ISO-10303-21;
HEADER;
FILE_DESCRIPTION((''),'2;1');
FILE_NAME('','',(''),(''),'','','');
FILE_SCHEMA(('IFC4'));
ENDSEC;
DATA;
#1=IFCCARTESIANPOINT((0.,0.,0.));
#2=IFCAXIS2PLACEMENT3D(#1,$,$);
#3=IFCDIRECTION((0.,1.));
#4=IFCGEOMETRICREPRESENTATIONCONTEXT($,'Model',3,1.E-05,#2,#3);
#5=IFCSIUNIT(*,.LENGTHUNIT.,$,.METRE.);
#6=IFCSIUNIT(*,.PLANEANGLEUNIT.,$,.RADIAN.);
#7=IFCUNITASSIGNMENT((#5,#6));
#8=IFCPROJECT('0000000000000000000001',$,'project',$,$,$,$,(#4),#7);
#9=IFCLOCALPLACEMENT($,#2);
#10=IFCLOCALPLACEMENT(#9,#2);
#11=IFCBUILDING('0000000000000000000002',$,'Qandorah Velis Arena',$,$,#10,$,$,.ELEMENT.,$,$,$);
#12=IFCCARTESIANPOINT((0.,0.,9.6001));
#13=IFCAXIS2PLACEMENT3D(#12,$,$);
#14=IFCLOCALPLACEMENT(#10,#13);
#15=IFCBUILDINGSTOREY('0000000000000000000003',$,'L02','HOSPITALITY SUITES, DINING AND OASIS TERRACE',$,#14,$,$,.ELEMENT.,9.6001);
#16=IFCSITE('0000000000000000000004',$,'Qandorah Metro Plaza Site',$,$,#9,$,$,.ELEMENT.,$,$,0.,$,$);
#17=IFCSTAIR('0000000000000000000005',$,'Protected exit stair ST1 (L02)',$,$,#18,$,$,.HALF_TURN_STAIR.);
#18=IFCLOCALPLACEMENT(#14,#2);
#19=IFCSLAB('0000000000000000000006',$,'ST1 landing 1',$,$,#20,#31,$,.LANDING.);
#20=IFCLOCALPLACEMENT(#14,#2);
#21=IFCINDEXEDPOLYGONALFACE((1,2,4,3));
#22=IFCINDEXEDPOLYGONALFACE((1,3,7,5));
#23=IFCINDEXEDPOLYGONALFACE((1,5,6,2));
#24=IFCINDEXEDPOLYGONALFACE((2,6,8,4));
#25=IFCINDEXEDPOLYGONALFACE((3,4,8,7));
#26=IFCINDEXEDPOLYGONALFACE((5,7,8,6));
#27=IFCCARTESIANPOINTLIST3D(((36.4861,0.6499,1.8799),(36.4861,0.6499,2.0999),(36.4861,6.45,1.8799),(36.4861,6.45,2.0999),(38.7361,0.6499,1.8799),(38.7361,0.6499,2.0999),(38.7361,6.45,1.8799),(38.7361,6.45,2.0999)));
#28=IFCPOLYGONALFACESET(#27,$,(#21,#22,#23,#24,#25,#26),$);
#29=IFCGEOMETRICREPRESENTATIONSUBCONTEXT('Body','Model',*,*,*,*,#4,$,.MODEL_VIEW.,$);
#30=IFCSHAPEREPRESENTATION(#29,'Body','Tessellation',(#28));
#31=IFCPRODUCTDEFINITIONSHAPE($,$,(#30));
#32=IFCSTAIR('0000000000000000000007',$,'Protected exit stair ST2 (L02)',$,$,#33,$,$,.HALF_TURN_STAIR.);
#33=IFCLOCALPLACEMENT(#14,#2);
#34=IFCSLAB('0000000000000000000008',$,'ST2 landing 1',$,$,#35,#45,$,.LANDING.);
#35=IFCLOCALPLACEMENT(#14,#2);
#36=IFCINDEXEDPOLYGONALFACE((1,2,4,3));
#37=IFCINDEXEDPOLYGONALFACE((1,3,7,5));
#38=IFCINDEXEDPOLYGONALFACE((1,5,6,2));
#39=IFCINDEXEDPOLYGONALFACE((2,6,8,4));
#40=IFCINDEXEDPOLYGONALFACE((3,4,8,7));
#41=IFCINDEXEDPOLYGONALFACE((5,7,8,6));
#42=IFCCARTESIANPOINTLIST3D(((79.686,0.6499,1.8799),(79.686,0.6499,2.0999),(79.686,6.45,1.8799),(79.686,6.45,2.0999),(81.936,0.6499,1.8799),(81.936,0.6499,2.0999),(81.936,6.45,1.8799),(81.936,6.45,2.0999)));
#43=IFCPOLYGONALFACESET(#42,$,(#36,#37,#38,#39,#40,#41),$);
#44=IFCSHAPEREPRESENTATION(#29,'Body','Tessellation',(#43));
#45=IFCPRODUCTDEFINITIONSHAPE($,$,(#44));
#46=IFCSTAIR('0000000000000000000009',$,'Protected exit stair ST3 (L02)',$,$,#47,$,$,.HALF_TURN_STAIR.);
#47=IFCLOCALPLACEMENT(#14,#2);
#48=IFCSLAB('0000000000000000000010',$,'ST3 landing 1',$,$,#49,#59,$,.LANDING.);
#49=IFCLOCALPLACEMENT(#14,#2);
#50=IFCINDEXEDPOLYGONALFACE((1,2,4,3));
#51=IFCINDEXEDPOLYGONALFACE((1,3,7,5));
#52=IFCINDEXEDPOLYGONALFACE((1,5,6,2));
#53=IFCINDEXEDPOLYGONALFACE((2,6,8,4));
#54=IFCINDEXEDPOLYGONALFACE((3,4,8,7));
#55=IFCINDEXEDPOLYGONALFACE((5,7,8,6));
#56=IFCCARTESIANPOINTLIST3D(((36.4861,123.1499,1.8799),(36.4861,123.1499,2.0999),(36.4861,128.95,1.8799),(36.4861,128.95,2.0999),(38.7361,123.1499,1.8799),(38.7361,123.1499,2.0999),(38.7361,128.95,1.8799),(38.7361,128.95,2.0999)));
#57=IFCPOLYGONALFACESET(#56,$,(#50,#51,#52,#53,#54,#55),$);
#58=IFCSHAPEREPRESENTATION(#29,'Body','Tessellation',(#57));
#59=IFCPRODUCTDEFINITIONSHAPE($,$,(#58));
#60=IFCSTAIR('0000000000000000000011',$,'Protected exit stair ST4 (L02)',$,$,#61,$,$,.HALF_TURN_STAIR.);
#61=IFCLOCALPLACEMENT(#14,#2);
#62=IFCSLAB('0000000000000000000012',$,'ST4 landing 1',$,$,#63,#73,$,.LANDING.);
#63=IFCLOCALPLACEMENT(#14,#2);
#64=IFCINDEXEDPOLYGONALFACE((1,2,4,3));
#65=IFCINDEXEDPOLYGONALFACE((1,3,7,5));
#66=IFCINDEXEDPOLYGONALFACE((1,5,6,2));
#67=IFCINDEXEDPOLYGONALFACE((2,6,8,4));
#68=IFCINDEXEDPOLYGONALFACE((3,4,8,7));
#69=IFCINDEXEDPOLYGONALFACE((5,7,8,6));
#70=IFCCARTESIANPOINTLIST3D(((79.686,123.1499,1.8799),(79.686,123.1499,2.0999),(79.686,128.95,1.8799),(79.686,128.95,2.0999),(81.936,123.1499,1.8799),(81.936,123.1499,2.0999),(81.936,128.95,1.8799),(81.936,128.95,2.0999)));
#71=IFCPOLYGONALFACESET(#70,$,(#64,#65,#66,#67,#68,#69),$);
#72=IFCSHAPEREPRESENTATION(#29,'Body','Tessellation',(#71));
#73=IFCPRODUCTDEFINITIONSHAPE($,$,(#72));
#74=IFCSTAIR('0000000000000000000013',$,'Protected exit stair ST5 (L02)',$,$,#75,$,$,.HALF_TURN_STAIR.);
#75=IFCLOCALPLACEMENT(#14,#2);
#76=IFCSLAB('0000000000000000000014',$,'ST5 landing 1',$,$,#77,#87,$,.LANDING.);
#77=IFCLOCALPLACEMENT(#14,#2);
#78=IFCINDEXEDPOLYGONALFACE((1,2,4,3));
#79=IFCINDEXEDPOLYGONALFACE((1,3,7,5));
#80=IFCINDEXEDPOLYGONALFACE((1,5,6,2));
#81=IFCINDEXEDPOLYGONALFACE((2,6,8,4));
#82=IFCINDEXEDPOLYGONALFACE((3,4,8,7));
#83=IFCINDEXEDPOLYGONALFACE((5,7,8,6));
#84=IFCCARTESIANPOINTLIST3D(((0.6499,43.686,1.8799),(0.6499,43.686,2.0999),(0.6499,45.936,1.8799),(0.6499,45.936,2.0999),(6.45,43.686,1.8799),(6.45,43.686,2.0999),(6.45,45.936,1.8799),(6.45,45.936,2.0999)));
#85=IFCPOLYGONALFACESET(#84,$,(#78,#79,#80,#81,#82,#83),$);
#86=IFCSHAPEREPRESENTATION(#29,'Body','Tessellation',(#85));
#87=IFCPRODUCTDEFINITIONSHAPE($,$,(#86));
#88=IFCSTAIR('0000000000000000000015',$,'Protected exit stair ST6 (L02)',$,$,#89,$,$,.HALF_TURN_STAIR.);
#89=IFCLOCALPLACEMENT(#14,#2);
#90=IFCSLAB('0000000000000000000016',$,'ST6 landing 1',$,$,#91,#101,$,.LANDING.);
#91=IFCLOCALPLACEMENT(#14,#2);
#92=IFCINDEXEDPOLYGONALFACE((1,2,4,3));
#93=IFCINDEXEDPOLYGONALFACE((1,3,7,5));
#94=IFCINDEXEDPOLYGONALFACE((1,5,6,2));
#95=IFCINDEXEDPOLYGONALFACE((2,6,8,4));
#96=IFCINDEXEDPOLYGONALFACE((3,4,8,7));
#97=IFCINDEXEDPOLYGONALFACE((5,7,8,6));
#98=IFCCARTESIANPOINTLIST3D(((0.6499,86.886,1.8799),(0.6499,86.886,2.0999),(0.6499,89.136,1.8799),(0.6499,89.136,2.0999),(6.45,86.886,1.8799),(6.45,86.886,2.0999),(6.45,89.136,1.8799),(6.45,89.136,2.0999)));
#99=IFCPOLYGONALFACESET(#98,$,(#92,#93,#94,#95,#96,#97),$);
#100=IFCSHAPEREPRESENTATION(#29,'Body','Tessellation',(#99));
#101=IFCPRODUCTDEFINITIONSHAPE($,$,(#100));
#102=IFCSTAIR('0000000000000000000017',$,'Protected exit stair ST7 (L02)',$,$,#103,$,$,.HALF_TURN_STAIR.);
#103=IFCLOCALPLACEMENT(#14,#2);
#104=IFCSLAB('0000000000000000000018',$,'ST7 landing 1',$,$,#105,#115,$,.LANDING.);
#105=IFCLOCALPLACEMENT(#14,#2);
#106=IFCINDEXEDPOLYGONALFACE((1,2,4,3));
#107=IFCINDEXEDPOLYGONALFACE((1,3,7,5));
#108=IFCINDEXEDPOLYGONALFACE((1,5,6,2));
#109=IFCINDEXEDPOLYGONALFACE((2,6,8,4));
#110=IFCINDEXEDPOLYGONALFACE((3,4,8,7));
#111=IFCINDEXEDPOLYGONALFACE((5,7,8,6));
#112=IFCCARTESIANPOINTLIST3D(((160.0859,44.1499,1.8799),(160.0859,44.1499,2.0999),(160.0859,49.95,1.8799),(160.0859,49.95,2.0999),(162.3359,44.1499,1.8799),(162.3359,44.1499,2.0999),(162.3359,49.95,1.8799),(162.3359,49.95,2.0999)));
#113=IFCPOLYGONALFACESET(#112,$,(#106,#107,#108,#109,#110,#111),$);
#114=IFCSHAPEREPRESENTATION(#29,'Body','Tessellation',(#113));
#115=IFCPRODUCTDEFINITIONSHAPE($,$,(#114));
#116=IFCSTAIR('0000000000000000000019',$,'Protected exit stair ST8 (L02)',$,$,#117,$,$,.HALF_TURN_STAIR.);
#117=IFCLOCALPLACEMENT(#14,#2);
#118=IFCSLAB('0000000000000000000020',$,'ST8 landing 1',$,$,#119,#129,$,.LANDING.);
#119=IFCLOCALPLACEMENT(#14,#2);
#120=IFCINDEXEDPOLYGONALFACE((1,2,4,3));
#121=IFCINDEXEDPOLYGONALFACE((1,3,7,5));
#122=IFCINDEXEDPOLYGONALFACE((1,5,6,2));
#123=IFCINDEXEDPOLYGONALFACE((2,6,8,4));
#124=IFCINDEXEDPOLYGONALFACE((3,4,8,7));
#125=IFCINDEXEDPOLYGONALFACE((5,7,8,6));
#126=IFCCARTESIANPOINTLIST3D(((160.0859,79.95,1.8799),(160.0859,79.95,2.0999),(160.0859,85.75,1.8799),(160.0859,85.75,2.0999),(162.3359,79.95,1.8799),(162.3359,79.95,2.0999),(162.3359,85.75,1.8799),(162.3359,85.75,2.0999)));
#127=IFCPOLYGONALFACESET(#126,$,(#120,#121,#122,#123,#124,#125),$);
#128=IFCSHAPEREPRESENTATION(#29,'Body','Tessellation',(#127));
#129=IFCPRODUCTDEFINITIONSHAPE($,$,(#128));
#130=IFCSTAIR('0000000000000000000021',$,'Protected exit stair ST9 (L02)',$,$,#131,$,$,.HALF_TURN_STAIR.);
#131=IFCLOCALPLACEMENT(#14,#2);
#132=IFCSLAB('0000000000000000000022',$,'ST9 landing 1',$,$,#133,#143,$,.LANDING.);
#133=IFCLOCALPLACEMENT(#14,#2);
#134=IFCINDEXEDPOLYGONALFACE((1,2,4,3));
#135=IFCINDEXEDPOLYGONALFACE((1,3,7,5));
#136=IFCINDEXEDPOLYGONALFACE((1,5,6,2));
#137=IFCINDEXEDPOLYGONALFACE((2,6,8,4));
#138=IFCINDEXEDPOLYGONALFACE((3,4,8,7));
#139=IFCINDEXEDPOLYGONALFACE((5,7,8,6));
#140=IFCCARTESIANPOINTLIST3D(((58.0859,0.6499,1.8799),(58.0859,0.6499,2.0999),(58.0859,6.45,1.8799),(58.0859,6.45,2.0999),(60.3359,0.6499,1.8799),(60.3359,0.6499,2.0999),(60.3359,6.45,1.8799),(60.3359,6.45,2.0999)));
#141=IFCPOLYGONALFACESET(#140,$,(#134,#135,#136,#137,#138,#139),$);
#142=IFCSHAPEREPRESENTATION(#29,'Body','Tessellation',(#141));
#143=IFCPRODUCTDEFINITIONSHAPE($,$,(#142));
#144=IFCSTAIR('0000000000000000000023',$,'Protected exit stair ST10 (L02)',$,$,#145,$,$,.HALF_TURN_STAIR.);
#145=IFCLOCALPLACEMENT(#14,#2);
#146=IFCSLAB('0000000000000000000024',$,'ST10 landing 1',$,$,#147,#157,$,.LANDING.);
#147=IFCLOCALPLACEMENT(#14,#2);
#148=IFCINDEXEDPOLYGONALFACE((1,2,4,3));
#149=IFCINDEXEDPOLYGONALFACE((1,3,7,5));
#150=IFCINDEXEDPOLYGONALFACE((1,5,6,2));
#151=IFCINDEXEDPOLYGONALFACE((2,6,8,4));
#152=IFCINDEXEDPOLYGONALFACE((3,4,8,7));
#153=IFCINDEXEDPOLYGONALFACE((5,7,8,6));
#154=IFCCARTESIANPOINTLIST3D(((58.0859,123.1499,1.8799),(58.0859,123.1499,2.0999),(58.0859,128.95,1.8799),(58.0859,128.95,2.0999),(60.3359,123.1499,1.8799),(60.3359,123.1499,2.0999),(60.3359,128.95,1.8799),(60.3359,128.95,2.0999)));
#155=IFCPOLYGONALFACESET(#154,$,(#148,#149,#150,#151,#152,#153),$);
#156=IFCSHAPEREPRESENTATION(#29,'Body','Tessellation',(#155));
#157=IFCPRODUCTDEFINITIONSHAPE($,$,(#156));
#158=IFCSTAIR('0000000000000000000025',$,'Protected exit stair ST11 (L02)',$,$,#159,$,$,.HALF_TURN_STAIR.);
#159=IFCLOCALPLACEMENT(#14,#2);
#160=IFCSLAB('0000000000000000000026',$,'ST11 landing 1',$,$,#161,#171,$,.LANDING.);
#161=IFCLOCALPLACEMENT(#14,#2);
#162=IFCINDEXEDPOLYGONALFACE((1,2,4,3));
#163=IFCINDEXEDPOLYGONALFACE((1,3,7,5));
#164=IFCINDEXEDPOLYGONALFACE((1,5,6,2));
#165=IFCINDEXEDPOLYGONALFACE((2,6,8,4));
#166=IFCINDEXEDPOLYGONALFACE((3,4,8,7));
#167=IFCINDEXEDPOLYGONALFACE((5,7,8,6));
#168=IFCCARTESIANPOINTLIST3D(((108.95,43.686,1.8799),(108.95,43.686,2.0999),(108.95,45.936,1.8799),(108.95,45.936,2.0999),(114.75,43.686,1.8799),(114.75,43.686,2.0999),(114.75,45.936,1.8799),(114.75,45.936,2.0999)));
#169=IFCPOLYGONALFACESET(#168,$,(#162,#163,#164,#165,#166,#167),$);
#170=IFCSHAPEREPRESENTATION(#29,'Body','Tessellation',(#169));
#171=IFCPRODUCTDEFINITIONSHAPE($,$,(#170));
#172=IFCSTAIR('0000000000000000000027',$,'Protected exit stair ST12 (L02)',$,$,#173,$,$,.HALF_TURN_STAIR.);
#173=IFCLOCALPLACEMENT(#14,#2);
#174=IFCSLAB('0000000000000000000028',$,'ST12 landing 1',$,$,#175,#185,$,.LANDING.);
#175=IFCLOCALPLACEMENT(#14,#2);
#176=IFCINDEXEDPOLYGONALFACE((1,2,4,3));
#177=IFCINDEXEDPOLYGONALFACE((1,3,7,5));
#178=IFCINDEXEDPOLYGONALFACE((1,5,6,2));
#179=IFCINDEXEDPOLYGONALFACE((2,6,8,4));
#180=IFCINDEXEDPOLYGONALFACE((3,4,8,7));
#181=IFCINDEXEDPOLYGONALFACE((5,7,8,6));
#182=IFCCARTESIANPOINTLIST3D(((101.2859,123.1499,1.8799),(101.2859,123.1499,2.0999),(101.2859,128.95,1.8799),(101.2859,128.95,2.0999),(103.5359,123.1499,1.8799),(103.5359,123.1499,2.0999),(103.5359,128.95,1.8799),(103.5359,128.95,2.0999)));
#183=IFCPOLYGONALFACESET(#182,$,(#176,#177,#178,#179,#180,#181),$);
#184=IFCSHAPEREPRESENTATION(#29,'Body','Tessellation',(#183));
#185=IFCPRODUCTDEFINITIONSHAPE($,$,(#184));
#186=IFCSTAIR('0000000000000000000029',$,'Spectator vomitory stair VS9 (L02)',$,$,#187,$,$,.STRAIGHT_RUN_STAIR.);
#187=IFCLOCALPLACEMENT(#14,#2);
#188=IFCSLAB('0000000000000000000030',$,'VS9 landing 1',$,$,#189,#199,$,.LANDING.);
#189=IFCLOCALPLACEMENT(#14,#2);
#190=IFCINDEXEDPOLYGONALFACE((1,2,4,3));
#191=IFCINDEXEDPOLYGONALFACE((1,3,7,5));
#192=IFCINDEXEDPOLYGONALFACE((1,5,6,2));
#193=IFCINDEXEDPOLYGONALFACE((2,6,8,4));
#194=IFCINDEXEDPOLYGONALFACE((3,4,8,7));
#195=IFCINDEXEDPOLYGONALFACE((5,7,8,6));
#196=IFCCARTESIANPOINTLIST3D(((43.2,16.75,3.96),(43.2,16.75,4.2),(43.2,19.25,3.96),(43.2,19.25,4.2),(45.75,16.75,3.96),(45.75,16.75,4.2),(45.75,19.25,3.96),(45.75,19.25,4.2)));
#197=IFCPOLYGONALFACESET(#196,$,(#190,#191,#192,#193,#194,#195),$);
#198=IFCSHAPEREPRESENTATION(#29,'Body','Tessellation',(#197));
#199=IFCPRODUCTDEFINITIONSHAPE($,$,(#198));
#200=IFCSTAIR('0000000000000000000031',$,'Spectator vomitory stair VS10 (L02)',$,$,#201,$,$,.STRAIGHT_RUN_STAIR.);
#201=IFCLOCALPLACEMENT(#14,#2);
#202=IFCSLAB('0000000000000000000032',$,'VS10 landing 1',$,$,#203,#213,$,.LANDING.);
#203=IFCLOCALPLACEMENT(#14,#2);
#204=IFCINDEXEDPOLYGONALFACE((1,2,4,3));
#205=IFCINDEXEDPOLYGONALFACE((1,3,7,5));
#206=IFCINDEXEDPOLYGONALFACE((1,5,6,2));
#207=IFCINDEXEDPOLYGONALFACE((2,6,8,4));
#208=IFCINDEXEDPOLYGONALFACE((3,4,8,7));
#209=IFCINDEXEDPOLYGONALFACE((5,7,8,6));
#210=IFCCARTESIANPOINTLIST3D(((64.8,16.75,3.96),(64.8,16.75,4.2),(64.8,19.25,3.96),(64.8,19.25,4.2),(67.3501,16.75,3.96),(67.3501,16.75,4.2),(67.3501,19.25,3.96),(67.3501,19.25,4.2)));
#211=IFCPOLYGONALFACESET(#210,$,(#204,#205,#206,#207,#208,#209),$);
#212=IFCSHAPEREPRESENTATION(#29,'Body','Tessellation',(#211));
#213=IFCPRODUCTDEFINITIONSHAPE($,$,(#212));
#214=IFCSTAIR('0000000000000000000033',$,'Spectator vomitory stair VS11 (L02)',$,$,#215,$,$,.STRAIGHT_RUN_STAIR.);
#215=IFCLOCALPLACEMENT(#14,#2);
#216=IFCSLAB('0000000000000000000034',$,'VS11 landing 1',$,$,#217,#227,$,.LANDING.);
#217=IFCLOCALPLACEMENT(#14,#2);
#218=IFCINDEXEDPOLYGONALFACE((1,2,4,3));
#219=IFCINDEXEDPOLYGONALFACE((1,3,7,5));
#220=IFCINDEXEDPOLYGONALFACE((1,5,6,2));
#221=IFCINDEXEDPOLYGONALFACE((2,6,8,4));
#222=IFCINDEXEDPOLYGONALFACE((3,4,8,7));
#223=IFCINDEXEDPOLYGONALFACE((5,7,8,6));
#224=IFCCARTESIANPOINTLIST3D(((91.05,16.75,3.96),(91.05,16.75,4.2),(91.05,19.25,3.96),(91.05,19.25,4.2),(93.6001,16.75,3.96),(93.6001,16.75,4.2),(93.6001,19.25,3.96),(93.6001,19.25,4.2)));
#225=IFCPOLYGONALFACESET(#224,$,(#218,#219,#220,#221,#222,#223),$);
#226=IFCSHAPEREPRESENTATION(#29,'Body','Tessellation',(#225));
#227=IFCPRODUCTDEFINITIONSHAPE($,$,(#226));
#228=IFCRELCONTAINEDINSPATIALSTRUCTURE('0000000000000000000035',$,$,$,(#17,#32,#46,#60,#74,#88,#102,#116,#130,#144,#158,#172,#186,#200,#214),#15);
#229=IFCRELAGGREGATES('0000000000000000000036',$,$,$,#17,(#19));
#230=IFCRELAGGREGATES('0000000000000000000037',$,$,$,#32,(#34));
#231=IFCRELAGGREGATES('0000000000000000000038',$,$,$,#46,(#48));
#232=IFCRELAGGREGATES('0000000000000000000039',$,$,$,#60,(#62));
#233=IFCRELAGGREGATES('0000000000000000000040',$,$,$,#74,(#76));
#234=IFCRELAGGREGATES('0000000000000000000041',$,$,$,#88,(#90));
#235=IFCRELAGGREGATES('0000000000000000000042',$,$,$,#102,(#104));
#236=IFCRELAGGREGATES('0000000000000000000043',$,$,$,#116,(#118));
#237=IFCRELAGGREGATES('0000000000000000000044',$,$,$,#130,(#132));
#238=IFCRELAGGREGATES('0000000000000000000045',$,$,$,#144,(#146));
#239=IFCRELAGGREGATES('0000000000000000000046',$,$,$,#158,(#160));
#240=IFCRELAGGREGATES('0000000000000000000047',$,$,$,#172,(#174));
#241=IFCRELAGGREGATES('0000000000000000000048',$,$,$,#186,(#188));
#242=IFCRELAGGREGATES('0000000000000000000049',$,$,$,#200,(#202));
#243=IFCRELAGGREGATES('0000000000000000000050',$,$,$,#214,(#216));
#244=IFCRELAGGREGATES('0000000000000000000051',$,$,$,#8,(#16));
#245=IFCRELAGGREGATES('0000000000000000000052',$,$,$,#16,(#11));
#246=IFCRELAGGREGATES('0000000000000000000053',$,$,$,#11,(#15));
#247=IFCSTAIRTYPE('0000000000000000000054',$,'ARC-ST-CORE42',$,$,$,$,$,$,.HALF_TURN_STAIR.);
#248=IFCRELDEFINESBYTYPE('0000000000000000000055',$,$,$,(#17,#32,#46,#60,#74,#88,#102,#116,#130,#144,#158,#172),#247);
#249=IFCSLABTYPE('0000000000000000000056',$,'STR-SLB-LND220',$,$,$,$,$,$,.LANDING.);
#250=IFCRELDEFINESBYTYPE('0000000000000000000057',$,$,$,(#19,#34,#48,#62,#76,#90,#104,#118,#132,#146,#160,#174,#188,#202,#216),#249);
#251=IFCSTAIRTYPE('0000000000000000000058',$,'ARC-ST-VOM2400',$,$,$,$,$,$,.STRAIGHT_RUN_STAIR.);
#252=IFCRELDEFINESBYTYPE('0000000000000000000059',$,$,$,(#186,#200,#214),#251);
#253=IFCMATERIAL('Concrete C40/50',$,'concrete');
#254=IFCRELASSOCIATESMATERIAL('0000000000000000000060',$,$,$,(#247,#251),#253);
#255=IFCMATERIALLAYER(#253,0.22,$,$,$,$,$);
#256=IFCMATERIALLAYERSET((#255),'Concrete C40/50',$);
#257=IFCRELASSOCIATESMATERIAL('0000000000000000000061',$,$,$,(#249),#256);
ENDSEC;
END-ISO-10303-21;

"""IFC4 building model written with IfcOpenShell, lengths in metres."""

from ifc_helpers import new_model, si_unit, direction, frame, origin, place, context, subcontext, project, spatial, polyline, outline, extrude, material, layer, layer_set, type_object, element, aggregate, save


model = new_model("IFC4")

# Units and contexts
model_context = context("Model", 3, precision=1e-05, world=origin(), true_north=direction((0.0, 1.0)))
body_context = subcontext(model_context, "Body", "Model", "MODEL_VIEW")
ifc_project = project(units=[si_unit("LENGTHUNIT", "METRE"), si_unit("PLANEANGLEUNIT", "RADIAN")], contexts=[model_context])

# Site, building, storey
site_placement = place(None, origin())
site = spatial("IfcSite", under=ifc_project, at=site_placement, Name="Qandorah Metro Plaza Site", CompositionType="ELEMENT", RefElevation=0.0)
building_placement = place(site_placement, origin())
building = spatial("IfcBuilding", under=site, at=building_placement, Name="Qandorah Velis Arena", CompositionType="ELEMENT")
storey_placement = place(building_placement, frame((0.0, 0.0, 9.6001)))
storey = spatial("IfcBuildingStorey", under=building, at=storey_placement, Name="L02", Description="HOSPITALITY SUITES, DINING AND OASIS TERRACE", CompositionType="ELEMENT", Elevation=9.6001)

# Stairs, slabs
ifc_material_1 = material(Name="Concrete C40/50", Category="concrete")
stair_type_1 = type_object("IfcStairType", Name="ARC-ST-CORE42", PredefinedType="HALF_TURN_STAIR", material=ifc_material_1)
stair_1_placement = place(storey_placement, origin())
stair_1 = element("IfcStair", 1, at=stair_1_placement, inside=storey, type_object=stair_type_1, Name="Protected exit stair ST1 (L02)", PredefinedType="HALF_TURN_STAIR")
ifc_layer_1 = layer(ifc_material_1, 0.22)
ifc_layer_set_1 = layer_set([ifc_layer_1], Name="Concrete C40/50")
slab_type_1 = type_object("IfcSlabType", Name="STR-SLB-LND220", PredefinedType="LANDING", material=ifc_layer_set_1)
slab_1_placement = place(storey_placement, frame((0.0, 0.0, 1.8799)))
slab_1 = element("IfcSlab", 2, at=slab_1_placement, type_object=slab_type_1, Name="ST1 landing 1", PredefinedType="LANDING", context=body_context, shape_type="SweptSolid", body=[
    extrude(outline(polyline([(36.4861, 0.6499), (38.7361, 0.6499), (38.7361, 6.45), (36.4861, 6.45), (36.4861, 0.6499)])), origin(), (0.0, 0.0, 1.0), 0.22),
])
aggregate(stair_1, [slab_1])
stair_2_placement = place(storey_placement, origin())
stair_2 = element("IfcStair", 3, at=stair_2_placement, inside=storey, type_object=stair_type_1, Name="Protected exit stair ST2 (L02)", PredefinedType="HALF_TURN_STAIR")
slab_2_placement = place(storey_placement, frame((0.0, 0.0, 1.8799)))
slab_2 = element("IfcSlab", 4, at=slab_2_placement, type_object=slab_type_1, Name="ST2 landing 1", PredefinedType="LANDING", context=body_context, shape_type="SweptSolid", body=[
    extrude(outline(polyline([(79.686, 0.6499), (81.936, 0.6499), (81.936, 6.45), (79.686, 6.45), (79.686, 0.6499)])), origin(), (0.0, 0.0, 1.0), 0.22),
])
aggregate(stair_2, [slab_2])
stair_3_placement = place(storey_placement, origin())
stair_3 = element("IfcStair", 5, at=stair_3_placement, inside=storey, type_object=stair_type_1, Name="Protected exit stair ST3 (L02)", PredefinedType="HALF_TURN_STAIR")
slab_3_placement = place(storey_placement, frame((0.0, 0.0, 1.8799)))
slab_3 = element("IfcSlab", 6, at=slab_3_placement, type_object=slab_type_1, Name="ST3 landing 1", PredefinedType="LANDING", context=body_context, shape_type="SweptSolid", body=[
    extrude(outline(polyline([(36.4861, 123.1499), (38.7361, 123.1499), (38.7361, 128.95), (36.4861, 128.95), (36.4861, 123.1499)])), origin(), (0.0, 0.0, 1.0), 0.22),
])
aggregate(stair_3, [slab_3])
stair_4_placement = place(storey_placement, origin())
stair_4 = element("IfcStair", 7, at=stair_4_placement, inside=storey, type_object=stair_type_1, Name="Protected exit stair ST4 (L02)", PredefinedType="HALF_TURN_STAIR")
slab_4_placement = place(storey_placement, frame((0.0, 0.0, 1.8799)))
slab_4 = element("IfcSlab", 8, at=slab_4_placement, type_object=slab_type_1, Name="ST4 landing 1", PredefinedType="LANDING", context=body_context, shape_type="SweptSolid", body=[
    extrude(outline(polyline([(79.686, 123.1499), (81.936, 123.1499), (81.936, 128.95), (79.686, 128.95), (79.686, 123.1499)])), origin(), (0.0, 0.0, 1.0), 0.22),
])
aggregate(stair_4, [slab_4])
stair_5_placement = place(storey_placement, origin())
stair_5 = element("IfcStair", 9, at=stair_5_placement, inside=storey, type_object=stair_type_1, Name="Protected exit stair ST5 (L02)", PredefinedType="HALF_TURN_STAIR")
slab_5_placement = place(storey_placement, frame((0.0, 0.0, 1.8799)))
slab_5 = element("IfcSlab", 10, at=slab_5_placement, type_object=slab_type_1, Name="ST5 landing 1", PredefinedType="LANDING", context=body_context, shape_type="SweptSolid", body=[
    extrude(outline(polyline([(0.6499, 43.686), (6.45, 43.686), (6.45, 45.936), (0.6499, 45.936), (0.6499, 43.686)])), origin(), (0.0, 0.0, 1.0), 0.22),
])
aggregate(stair_5, [slab_5])
stair_6_placement = place(storey_placement, origin())
stair_6 = element("IfcStair", 11, at=stair_6_placement, inside=storey, type_object=stair_type_1, Name="Protected exit stair ST6 (L02)", PredefinedType="HALF_TURN_STAIR")
slab_6_placement = place(storey_placement, frame((0.0, 0.0, 1.8799)))
slab_6 = element("IfcSlab", 12, at=slab_6_placement, type_object=slab_type_1, Name="ST6 landing 1", PredefinedType="LANDING", context=body_context, shape_type="SweptSolid", body=[
    extrude(outline(polyline([(0.6499, 86.886), (6.45, 86.886), (6.45, 89.136), (0.6499, 89.136), (0.6499, 86.886)])), origin(), (0.0, 0.0, 1.0), 0.22),
])
aggregate(stair_6, [slab_6])
stair_7_placement = place(storey_placement, origin())
stair_7 = element("IfcStair", 13, at=stair_7_placement, inside=storey, type_object=stair_type_1, Name="Protected exit stair ST7 (L02)", PredefinedType="HALF_TURN_STAIR")
slab_7_placement = place(storey_placement, frame((0.0, 0.0, 1.8799)))
slab_7 = element("IfcSlab", 14, at=slab_7_placement, type_object=slab_type_1, Name="ST7 landing 1", PredefinedType="LANDING", context=body_context, shape_type="SweptSolid", body=[
    extrude(outline(polyline([(160.0859, 44.1499), (162.3359, 44.1499), (162.3359, 49.95), (160.0859, 49.95), (160.0859, 44.1499)])), origin(), (0.0, 0.0, 1.0), 0.22),
])
aggregate(stair_7, [slab_7])
stair_8_placement = place(storey_placement, origin())
stair_8 = element("IfcStair", 15, at=stair_8_placement, inside=storey, type_object=stair_type_1, Name="Protected exit stair ST8 (L02)", PredefinedType="HALF_TURN_STAIR")
slab_8_placement = place(storey_placement, frame((0.0, 0.0, 1.8799)))
slab_8 = element("IfcSlab", 16, at=slab_8_placement, type_object=slab_type_1, Name="ST8 landing 1", PredefinedType="LANDING", context=body_context, shape_type="SweptSolid", body=[
    extrude(outline(polyline([(160.0859, 79.95), (162.3359, 79.95), (162.3359, 85.75), (160.0859, 85.75), (160.0859, 79.95)])), origin(), (0.0, 0.0, 1.0), 0.22),
])
aggregate(stair_8, [slab_8])
stair_9_placement = place(storey_placement, origin())
stair_9 = element("IfcStair", 17, at=stair_9_placement, inside=storey, type_object=stair_type_1, Name="Protected exit stair ST9 (L02)", PredefinedType="HALF_TURN_STAIR")
slab_9_placement = place(storey_placement, frame((0.0, 0.0, 1.8799)))
slab_9 = element("IfcSlab", 18, at=slab_9_placement, type_object=slab_type_1, Name="ST9 landing 1", PredefinedType="LANDING", context=body_context, shape_type="SweptSolid", body=[
    extrude(outline(polyline([(58.0859, 0.6499), (60.3359, 0.6499), (60.3359, 6.45), (58.0859, 6.45), (58.0859, 0.6499)])), origin(), (0.0, 0.0, 1.0), 0.22),
])
aggregate(stair_9, [slab_9])
stair_10_placement = place(storey_placement, origin())
stair_10 = element("IfcStair", 19, at=stair_10_placement, inside=storey, type_object=stair_type_1, Name="Protected exit stair ST10 (L02)", PredefinedType="HALF_TURN_STAIR")
slab_10_placement = place(storey_placement, frame((0.0, 0.0, 1.8799)))
slab_10 = element("IfcSlab", 20, at=slab_10_placement, type_object=slab_type_1, Name="ST10 landing 1", PredefinedType="LANDING", context=body_context, shape_type="SweptSolid", body=[
    extrude(outline(polyline([(58.0859, 123.1499), (60.3359, 123.1499), (60.3359, 128.95), (58.0859, 128.95), (58.0859, 123.1499)])), origin(), (0.0, 0.0, 1.0), 0.22),
])
aggregate(stair_10, [slab_10])
stair_11_placement = place(storey_placement, origin())
stair_11 = element("IfcStair", 21, at=stair_11_placement, inside=storey, type_object=stair_type_1, Name="Protected exit stair ST11 (L02)", PredefinedType="HALF_TURN_STAIR")
slab_11_placement = place(storey_placement, frame((0.0, 0.0, 1.8799)))
slab_11 = element("IfcSlab", 22, at=slab_11_placement, type_object=slab_type_1, Name="ST11 landing 1", PredefinedType="LANDING", context=body_context, shape_type="SweptSolid", body=[
    extrude(outline(polyline([(108.95, 43.686), (114.75, 43.686), (114.75, 45.936), (108.95, 45.936), (108.95, 43.686)])), origin(), (0.0, 0.0, 1.0), 0.22),
])
aggregate(stair_11, [slab_11])
stair_12_placement = place(storey_placement, origin())
stair_12 = element("IfcStair", 23, at=stair_12_placement, inside=storey, type_object=stair_type_1, Name="Protected exit stair ST12 (L02)", PredefinedType="HALF_TURN_STAIR")
slab_12_placement = place(storey_placement, frame((0.0, 0.0, 1.8799)))
slab_12 = element("IfcSlab", 24, at=slab_12_placement, type_object=slab_type_1, Name="ST12 landing 1", PredefinedType="LANDING", context=body_context, shape_type="SweptSolid", body=[
    extrude(outline(polyline([(101.2859, 123.1499), (103.5359, 123.1499), (103.5359, 128.95), (101.2859, 128.95), (101.2859, 123.1499)])), origin(), (0.0, 0.0, 1.0), 0.22),
])
aggregate(stair_12, [slab_12])
stair_type_2 = type_object("IfcStairType", Name="ARC-ST-VOM2400", PredefinedType="STRAIGHT_RUN_STAIR", material=ifc_material_1)
stair_13_placement = place(storey_placement, origin())
stair_13 = element("IfcStair", 25, at=stair_13_placement, inside=storey, type_object=stair_type_2, Name="Spectator vomitory stair VS9 (L02)", PredefinedType="STRAIGHT_RUN_STAIR")
slab_13_placement = place(storey_placement, frame((0.0, 0.0, 3.96)))
slab_13 = element("IfcSlab", 26, at=slab_13_placement, type_object=slab_type_1, Name="VS9 landing 1", PredefinedType="LANDING", context=body_context, shape_type="SweptSolid", body=[
    extrude(outline(polyline([(43.2, 16.75), (45.75, 16.75), (45.75, 19.25), (43.2, 19.25), (43.2, 16.75)])), origin(), (0.0, 0.0, 1.0), 0.24),
])
aggregate(stair_13, [slab_13])
stair_14_placement = place(storey_placement, origin())
stair_14 = element("IfcStair", 27, at=stair_14_placement, inside=storey, type_object=stair_type_2, Name="Spectator vomitory stair VS10 (L02)", PredefinedType="STRAIGHT_RUN_STAIR")
slab_14_placement = place(storey_placement, frame((0.0, 0.0, 3.96)))
slab_14 = element("IfcSlab", 28, at=slab_14_placement, type_object=slab_type_1, Name="VS10 landing 1", PredefinedType="LANDING", context=body_context, shape_type="SweptSolid", body=[
    extrude(outline(polyline([(64.8, 16.75), (67.3501, 16.75), (67.3501, 19.25), (64.8, 19.25), (64.8, 16.75)])), origin(), (0.0, 0.0, 1.0), 0.24),
])
aggregate(stair_14, [slab_14])
stair_15_placement = place(storey_placement, origin())
stair_15 = element("IfcStair", 29, at=stair_15_placement, inside=storey, type_object=stair_type_2, Name="Spectator vomitory stair VS11 (L02)", PredefinedType="STRAIGHT_RUN_STAIR")
slab_15_placement = place(storey_placement, frame((0.0, 0.0, 3.96)))
slab_15 = element("IfcSlab", 30, at=slab_15_placement, type_object=slab_type_1, Name="VS11 landing 1", PredefinedType="LANDING", context=body_context, shape_type="SweptSolid", body=[
    extrude(outline(polyline([(91.05, 16.75), (93.6001, 16.75), (93.6001, 19.25), (91.05, 19.25), (91.05, 16.75)])), origin(), (0.0, 0.0, 1.0), 0.24),
])
aggregate(stair_15, [slab_15])

save(model, "model.ifc")
